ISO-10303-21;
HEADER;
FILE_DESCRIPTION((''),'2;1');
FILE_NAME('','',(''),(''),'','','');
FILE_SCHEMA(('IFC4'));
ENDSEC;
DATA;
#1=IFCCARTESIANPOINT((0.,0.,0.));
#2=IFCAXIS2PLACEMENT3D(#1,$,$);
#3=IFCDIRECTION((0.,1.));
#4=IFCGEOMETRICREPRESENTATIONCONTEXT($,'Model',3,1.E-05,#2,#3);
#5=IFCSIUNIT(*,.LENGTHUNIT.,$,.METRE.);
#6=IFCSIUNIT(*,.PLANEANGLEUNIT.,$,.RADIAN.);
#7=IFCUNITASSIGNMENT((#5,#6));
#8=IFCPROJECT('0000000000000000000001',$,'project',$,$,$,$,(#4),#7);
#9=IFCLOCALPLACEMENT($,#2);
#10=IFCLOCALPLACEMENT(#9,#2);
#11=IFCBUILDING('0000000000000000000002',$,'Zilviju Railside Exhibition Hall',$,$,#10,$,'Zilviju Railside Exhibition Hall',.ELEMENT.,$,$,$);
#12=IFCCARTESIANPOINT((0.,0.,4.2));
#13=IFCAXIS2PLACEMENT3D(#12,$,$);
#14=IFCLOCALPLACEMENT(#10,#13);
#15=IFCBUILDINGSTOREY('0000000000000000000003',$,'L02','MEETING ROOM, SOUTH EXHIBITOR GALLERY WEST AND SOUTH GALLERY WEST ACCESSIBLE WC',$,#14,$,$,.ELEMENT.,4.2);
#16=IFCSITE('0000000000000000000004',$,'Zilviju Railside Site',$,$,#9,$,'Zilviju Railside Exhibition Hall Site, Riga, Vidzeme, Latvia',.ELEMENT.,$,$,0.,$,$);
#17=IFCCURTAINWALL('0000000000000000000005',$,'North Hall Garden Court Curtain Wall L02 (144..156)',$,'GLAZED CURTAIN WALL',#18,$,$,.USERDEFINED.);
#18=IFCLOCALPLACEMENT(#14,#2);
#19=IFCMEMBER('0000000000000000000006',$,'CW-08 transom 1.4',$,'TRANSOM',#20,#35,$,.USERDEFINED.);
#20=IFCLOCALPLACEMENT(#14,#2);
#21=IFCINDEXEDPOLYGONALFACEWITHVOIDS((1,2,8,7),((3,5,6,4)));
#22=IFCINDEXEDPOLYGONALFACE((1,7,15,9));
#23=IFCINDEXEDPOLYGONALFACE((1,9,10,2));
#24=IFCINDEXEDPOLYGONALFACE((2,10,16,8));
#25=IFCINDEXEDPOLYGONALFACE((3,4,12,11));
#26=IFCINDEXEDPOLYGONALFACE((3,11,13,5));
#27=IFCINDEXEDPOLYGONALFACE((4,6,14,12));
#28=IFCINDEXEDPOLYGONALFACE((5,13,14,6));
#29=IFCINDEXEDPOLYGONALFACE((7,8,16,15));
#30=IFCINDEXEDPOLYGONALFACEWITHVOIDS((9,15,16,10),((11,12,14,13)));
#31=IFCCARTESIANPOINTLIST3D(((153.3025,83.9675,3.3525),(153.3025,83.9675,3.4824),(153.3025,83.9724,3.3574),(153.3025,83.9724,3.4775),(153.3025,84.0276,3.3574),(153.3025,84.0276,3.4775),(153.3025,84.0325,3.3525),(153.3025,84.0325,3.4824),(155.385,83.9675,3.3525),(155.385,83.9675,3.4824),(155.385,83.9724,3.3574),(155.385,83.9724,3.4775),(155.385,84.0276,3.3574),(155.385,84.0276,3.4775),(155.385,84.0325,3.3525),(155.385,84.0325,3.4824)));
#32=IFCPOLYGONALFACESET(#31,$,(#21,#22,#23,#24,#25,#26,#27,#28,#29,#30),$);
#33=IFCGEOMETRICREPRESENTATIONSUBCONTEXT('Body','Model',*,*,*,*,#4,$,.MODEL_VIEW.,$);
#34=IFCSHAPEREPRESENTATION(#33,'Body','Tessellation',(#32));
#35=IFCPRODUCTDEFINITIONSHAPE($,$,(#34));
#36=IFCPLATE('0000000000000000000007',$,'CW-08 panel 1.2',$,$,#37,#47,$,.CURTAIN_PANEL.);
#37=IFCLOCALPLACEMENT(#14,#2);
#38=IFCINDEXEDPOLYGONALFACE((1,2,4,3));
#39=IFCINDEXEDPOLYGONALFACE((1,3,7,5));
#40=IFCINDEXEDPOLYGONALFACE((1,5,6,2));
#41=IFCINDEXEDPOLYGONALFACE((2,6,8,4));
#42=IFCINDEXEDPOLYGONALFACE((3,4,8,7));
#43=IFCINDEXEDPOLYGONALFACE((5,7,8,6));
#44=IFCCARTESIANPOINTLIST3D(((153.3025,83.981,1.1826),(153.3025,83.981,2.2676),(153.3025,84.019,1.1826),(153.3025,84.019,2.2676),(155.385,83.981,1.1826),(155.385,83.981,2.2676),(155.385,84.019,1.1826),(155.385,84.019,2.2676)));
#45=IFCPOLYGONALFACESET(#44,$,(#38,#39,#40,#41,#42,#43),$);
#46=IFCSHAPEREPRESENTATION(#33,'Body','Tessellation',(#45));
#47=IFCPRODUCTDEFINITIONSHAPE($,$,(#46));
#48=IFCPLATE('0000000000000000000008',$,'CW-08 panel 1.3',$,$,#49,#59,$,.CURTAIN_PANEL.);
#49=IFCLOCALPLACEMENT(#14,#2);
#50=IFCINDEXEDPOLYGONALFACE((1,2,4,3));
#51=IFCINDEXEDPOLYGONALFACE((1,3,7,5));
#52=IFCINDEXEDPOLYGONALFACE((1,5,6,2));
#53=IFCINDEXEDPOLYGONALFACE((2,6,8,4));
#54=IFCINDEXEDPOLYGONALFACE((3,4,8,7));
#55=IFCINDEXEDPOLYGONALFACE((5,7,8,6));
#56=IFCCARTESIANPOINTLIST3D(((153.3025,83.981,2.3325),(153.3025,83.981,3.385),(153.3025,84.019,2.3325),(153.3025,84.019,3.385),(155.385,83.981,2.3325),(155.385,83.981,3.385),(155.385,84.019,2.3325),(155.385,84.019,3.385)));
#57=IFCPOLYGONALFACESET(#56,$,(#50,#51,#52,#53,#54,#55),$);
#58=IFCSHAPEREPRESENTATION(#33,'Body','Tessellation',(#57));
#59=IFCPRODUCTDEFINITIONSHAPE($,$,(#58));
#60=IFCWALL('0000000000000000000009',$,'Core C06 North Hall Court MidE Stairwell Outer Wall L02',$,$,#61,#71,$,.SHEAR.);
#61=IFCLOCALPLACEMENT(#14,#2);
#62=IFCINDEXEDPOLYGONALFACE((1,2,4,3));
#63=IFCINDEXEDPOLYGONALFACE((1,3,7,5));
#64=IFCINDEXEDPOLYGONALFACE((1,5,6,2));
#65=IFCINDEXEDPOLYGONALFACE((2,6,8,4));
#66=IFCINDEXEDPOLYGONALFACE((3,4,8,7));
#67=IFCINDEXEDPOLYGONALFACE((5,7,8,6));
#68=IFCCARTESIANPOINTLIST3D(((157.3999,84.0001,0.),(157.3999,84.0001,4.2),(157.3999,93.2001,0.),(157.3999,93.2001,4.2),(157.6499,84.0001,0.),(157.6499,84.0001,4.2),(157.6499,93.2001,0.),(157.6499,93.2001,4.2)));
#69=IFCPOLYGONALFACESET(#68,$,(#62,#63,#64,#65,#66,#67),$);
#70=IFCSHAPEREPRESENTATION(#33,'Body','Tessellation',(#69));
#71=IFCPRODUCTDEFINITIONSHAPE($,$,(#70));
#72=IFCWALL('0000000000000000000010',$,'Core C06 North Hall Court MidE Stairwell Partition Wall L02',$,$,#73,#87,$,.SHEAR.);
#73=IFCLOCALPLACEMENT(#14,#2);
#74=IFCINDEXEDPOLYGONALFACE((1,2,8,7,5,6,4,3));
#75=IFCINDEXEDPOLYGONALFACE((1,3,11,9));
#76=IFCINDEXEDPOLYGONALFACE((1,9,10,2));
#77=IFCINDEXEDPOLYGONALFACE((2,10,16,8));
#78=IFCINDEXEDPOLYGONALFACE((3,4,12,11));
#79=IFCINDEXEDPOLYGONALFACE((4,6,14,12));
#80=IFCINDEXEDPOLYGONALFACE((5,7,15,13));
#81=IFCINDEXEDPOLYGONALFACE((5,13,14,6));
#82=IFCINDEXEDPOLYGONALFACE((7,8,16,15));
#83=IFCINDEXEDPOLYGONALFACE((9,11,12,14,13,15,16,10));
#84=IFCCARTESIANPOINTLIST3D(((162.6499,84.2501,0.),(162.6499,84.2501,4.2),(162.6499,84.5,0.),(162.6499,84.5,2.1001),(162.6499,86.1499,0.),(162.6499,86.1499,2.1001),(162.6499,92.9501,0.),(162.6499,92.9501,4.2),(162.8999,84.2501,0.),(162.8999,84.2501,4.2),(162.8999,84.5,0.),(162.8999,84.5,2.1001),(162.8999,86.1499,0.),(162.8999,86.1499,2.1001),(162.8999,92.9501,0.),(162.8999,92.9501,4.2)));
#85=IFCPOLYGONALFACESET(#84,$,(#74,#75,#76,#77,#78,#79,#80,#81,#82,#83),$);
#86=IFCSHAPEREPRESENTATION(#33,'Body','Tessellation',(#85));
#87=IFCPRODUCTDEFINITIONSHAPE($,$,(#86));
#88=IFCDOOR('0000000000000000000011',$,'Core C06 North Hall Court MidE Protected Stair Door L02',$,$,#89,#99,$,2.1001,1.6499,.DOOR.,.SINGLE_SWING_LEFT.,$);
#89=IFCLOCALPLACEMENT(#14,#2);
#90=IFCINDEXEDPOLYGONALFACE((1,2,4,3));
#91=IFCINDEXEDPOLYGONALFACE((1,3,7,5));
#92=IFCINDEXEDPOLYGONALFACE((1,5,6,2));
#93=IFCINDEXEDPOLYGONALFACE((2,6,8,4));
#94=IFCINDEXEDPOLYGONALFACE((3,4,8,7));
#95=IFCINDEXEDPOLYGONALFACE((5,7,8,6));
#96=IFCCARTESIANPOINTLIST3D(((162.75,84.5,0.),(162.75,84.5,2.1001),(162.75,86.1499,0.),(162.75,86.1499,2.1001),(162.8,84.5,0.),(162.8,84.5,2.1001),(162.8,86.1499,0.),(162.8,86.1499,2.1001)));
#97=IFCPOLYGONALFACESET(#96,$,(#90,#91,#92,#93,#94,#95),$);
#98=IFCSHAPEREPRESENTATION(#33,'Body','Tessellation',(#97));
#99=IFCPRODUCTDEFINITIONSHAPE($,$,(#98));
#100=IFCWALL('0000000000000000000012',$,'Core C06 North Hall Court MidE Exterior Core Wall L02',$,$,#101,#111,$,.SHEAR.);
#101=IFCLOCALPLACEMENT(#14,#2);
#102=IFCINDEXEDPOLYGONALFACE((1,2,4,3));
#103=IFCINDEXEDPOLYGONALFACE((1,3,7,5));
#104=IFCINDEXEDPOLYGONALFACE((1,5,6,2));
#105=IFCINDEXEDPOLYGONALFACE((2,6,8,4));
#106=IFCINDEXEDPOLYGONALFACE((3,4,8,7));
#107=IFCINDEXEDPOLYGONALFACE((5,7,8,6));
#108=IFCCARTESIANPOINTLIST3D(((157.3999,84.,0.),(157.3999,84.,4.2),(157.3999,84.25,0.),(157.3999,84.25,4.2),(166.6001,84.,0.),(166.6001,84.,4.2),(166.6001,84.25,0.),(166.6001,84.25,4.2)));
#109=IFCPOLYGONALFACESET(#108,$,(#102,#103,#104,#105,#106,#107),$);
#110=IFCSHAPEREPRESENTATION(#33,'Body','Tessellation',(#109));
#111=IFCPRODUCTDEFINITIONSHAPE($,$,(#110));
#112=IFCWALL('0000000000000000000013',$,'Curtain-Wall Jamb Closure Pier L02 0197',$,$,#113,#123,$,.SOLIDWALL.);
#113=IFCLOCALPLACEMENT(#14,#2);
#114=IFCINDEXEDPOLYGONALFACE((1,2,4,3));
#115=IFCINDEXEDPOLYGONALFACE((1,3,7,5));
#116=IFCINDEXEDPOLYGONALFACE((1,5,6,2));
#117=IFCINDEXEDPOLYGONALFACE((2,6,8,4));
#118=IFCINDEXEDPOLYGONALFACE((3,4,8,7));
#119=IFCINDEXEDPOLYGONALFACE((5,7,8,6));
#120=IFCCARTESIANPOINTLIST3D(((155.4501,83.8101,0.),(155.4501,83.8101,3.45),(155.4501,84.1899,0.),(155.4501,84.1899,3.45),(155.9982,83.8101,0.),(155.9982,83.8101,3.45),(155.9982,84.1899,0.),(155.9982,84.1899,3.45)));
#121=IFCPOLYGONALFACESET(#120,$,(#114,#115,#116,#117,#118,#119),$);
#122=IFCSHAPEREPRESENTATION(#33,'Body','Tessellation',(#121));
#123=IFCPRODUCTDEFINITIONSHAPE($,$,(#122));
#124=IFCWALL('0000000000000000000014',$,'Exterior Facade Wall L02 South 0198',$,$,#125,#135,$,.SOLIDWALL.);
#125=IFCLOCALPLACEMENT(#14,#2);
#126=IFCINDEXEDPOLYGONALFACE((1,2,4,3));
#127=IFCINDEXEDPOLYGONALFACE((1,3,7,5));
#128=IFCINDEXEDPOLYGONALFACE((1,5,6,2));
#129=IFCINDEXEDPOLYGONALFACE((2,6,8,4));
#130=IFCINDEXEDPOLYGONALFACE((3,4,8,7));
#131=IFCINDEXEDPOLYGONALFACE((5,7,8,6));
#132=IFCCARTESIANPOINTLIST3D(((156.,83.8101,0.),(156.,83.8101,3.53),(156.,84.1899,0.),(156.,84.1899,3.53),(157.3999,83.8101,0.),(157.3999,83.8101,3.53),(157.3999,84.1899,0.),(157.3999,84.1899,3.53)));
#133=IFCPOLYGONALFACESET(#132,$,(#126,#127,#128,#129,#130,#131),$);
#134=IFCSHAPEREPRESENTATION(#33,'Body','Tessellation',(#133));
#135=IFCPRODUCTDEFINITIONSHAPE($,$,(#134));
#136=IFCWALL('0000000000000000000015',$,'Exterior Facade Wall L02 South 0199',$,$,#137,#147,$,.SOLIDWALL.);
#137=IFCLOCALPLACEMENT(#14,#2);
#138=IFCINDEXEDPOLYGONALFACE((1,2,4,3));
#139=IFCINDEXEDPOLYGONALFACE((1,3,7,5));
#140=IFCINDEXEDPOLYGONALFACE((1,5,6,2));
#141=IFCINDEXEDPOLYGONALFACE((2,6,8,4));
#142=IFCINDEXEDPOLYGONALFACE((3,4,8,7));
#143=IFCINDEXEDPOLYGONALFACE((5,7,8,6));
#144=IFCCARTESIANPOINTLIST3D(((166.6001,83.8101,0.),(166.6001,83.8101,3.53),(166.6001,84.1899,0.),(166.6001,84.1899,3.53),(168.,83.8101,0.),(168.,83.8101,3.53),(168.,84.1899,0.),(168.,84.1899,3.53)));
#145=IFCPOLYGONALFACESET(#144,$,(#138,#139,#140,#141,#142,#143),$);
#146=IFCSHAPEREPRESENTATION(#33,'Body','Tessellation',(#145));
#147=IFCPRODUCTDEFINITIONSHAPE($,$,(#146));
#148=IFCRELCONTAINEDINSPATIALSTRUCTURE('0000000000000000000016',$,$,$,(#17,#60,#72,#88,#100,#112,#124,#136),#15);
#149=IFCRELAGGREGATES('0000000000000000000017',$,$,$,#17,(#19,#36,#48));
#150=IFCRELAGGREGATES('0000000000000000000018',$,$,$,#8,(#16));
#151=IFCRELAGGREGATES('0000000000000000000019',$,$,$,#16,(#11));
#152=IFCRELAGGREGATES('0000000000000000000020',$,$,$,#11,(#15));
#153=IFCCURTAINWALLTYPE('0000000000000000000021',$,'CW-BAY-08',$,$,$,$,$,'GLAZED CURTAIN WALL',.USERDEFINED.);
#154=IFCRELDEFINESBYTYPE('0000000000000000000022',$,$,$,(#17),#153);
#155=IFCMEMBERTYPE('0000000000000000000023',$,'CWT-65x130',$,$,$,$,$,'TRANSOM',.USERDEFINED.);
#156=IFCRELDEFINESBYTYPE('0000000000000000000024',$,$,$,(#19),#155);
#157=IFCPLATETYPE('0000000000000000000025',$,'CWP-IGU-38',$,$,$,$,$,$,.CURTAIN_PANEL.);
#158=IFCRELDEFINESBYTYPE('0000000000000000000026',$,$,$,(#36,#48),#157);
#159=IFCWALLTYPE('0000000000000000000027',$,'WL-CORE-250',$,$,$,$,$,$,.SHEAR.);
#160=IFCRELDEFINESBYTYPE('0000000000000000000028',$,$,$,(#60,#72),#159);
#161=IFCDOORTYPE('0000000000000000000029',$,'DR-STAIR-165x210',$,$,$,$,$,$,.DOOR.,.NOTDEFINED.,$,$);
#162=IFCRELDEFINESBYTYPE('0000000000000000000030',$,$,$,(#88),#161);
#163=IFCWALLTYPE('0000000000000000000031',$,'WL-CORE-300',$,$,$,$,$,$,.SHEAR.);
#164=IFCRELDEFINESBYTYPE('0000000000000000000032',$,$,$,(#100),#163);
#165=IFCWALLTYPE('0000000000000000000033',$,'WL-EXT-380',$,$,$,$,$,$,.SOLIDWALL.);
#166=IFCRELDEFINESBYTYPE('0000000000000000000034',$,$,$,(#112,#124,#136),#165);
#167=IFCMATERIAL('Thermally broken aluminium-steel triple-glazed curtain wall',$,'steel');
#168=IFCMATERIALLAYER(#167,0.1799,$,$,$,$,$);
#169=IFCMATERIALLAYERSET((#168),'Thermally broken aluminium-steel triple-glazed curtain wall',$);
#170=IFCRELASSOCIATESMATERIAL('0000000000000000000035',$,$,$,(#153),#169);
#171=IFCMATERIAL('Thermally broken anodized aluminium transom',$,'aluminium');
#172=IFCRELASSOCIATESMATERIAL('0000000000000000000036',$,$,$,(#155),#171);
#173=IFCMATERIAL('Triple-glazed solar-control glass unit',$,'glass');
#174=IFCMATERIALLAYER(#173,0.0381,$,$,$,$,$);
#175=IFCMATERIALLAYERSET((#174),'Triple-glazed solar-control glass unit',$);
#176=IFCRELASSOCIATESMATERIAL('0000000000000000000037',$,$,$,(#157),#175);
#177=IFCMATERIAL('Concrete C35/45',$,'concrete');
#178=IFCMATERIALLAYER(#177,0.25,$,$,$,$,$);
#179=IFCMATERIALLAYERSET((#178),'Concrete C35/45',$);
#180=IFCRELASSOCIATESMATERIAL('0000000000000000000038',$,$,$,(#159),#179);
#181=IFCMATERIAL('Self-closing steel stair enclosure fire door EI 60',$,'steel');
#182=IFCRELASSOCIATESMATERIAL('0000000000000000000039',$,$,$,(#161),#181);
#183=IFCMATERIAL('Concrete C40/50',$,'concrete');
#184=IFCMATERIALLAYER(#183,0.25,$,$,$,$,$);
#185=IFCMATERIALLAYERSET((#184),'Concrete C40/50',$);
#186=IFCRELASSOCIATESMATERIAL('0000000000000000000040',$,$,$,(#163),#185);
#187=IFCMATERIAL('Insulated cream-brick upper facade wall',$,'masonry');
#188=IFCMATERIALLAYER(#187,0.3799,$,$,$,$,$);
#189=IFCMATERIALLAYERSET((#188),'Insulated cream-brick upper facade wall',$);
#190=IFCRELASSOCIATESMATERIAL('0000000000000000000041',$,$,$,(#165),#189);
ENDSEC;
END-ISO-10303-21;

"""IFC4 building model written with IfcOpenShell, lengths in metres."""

from ifc_helpers import new_model, si_unit, direction, frame, frame_2d, origin, origin_2d, place, context, subcontext, project, spatial, rectangle, hollow_rectangle, extrude, material, layer, layer_set, material_profile, profile_set, type_object, element, fill, aggregate, save


model = new_model("IFC4")

# Units and contexts
model_context = context("Model", 3, precision=1e-05, world=origin(), true_north=direction((0.0, 1.0)))
body_context = subcontext(model_context, "Body", "Model", "MODEL_VIEW")
ifc_project = project(units=[si_unit("LENGTHUNIT", "METRE"), si_unit("PLANEANGLEUNIT", "RADIAN")], contexts=[model_context])

# Site, building, storey
site_placement = place(None, origin())
site = spatial("IfcSite", under=ifc_project, at=site_placement, Name="Zilviju Railside Site", LongName="Zilviju Railside Exhibition Hall Site, Riga, Vidzeme, Latvia", CompositionType="ELEMENT", RefElevation=0.0)
building_placement = place(site_placement, origin())
building = spatial("IfcBuilding", under=site, at=building_placement, Name="Zilviju Railside Exhibition Hall", LongName="Zilviju Railside Exhibition Hall", CompositionType="ELEMENT")
storey_placement = place(building_placement, frame((0.0, 0.0, 4.2)))
storey = spatial("IfcBuildingStorey", under=building, at=storey_placement, Name="L02", Description="MEETING ROOM, SOUTH EXHIBITOR GALLERY WEST AND SOUTH GALLERY WEST ACCESSIBLE WC", CompositionType="ELEMENT", Elevation=4.2)

# Shared definitions
ifc_material_1 = material(Name="Concrete C40/50", Category="concrete")

# Curtain wall, member, plates
ifc_material_2 = material(Name="Thermally broken aluminium-steel triple-glazed curtain wall", Category="steel")
ifc_layer_1 = layer(ifc_material_2, 0.1799)
ifc_layer_set_1 = layer_set([ifc_layer_1], Name="Thermally broken aluminium-steel triple-glazed curtain wall")
curtain_wall_type = type_object("IfcCurtainWallType", Name="CW-BAY-08", ElementType="GLAZED CURTAIN WALL", PredefinedType="USERDEFINED", material=ifc_layer_set_1)
curtain_wall_placement = place(storey_placement, origin())
curtain_wall = element("IfcCurtainWall", 1, at=curtain_wall_placement, inside=storey, type_object=curtain_wall_type, Name="North Hall Garden Court Curtain Wall L02 (144..156)", ObjectType="GLAZED CURTAIN WALL", PredefinedType="USERDEFINED")
ifc_material_3 = material(Name="Thermally broken anodized aluminium transom", Category="aluminium")
ifc_material_profile_1 = material_profile(ifc_material_3, hollow_rectangle(XDim=0.0649, YDim=0.1299, WallThickness=0.0049, at=origin_2d()), Name="TRANSOM 130x65x5")
ifc_profile_set_1 = profile_set([ifc_material_profile_1], Name="Thermally broken anodized aluminium transom")
member_type_1 = type_object("IfcMemberType", Name="CWT-65x130", ElementType="TRANSOM", PredefinedType="USERDEFINED", material=ifc_profile_set_1)
member_1_placement = place(storey_placement, frame((155.385, 84.0, 3.4175), z_axis=(-1.0, 0.0, 0.0), x_axis=(0.0, -1.0, 0.0)))
member_1 = element("IfcMember", 2, at=member_1_placement, type_object=member_type_1, Name="CW-08 transom 1.4", ObjectType="TRANSOM", PredefinedType="USERDEFINED", context=body_context, shape_type="SweptSolid", body=[
    extrude(hollow_rectangle(XDim=0.0649, YDim=0.1299, WallThickness=0.0049, at=origin_2d()), origin(), (0.0, 0.0, 1.0), 2.0825),
])
ifc_material_4 = material(Name="Triple-glazed solar-control glass unit", Category="glass")
ifc_layer_2 = layer(ifc_material_4, 0.0381)
ifc_layer_set_2 = layer_set([ifc_layer_2], Name="Triple-glazed solar-control glass unit")
plate_type = type_object("IfcPlateType", Name="CWP-IGU-38", PredefinedType="CURTAIN_PANEL", material=ifc_layer_set_2)
plate_1_placement = place(storey_placement, frame((154.3438, 84.0, 1.1826), z_axis=(0.0, 0.0, 1.0), x_axis=(-1.0, 0.0, 0.0)))
plate_1 = element("IfcPlate", 3, at=plate_1_placement, type_object=plate_type, Name="CW-08 panel 1.2", PredefinedType="CURTAIN_PANEL", context=body_context, shape_type="SweptSolid", body=[
    extrude(rectangle(XDim=2.0825, YDim=0.0381, at=origin_2d()), origin(), (0.0, 0.0, 1.0), 1.085),
])
plate_2_placement = place(storey_placement, frame((154.3438, 84.0, 2.3325), z_axis=(0.0, 0.0, 1.0), x_axis=(-1.0, 0.0, 0.0)))
plate_2 = element("IfcPlate", 4, at=plate_2_placement, type_object=plate_type, Name="CW-08 panel 1.3", PredefinedType="CURTAIN_PANEL", context=body_context, shape_type="SweptSolid", body=[
    extrude(rectangle(XDim=2.0825, YDim=0.0381, at=origin_2d()), origin(), (0.0, 0.0, 1.0), 1.0525),
])
aggregate(curtain_wall, [member_1, plate_1, plate_2])

# Wall
ifc_material_5 = material(Name="Concrete C35/45", Category="concrete")
ifc_layer_3 = layer(ifc_material_5, 0.25)
ifc_layer_set_3 = layer_set([ifc_layer_3], Name="Concrete C35/45")
wall_type_1 = type_object("IfcWallType", Name="WL-CORE-250", PredefinedType="SHEAR", material=ifc_layer_set_3)
wall_1_placement = place(storey_placement, frame((157.5249, 84.0, 0.0), z_axis=(0.0, 0.0, 1.0), x_axis=(0.0, 1.0, 0.0)))
element("IfcWall", 5, at=wall_1_placement, inside=storey, type_object=wall_type_1, Name="Core C06 North Hall Court MidE Stairwell Outer Wall L02", PredefinedType="SHEAR", context=body_context, shape_type="SweptSolid", body=[
    extrude(rectangle(XDim=9.2, YDim=0.25, at=frame_2d((4.6001, 0.0))), origin(), (0.0, 0.0, 1.0), 4.2),
])

# Wall, opening, door
wall_2_placement = place(storey_placement, frame((162.7749, 84.25, 0.0), z_axis=(0.0, 0.0, 1.0), x_axis=(0.0, 1.0, 0.0)))
wall_2 = element("IfcWall", 6, at=wall_2_placement, inside=storey, type_object=wall_type_1, Name="Core C06 North Hall Court MidE Stairwell Partition Wall L02", PredefinedType="SHEAR", context=body_context, shape_type="SweptSolid", body=[
    extrude(rectangle(XDim=8.7, YDim=0.25, at=frame_2d((4.3501, 0.0))), origin(), (0.0, 0.0, 1.0), 4.2),
])
opening_1_placement = place(wall_2_placement, frame((0.25, 0.0, 0.0)))
opening_1 = element("IfcOpeningElement", 7, at=opening_1_placement, cuts=wall_2, PredefinedType="OPENING", context=body_context, shape_type="SweptSolid", body=[
    extrude(rectangle(XDim=1.6499, YDim=2.1001, at=frame_2d((0.825, 1.05))), frame((0.0, 0.135, 0.0), z_axis=(0.0, -1.0, 0.0), x_axis=(1.0, 0.0, 0.0)), (0.0, 0.0, 1.0), 0.27),
])
ifc_material_6 = material(Name="Self-closing steel stair enclosure fire door EI 60", Category="steel")
door_type_1 = type_object("IfcDoorType", Name="DR-STAIR-165x210", OperationType="NOTDEFINED", PredefinedType="DOOR", material=ifc_material_6)
door_1_placement = place(opening_1_placement, origin())
door_1 = element("IfcDoor", 8, at=door_1_placement, inside=storey, type_object=door_type_1, Name="Core C06 North Hall Court MidE Protected Stair Door L02", OperationType="SINGLE_SWING_LEFT", OverallHeight=2.1001, OverallWidth=1.6499, PredefinedType="DOOR", context=body_context, shape_type="SweptSolid", body=[
    extrude(rectangle(XDim=1.6499, YDim=2.1001, at=frame_2d((0.825, 1.05))), frame((0.0, 0.0249, 0.0), z_axis=(0.0, -1.0, 0.0), x_axis=(1.0, 0.0, 0.0)), (0.0, 0.0, 1.0), 0.05),
])
fill(opening_1, door_1)

# Walls
ifc_layer_4 = layer(ifc_material_1, 0.25)
ifc_layer_set_4 = layer_set([ifc_layer_4], Name="Concrete C40/50")
wall_type_2 = type_object("IfcWallType", Name="WL-CORE-300", PredefinedType="SHEAR", material=ifc_layer_set_4)
wall_3_placement = place(storey_placement, frame((166.6001, 84.125, 0.0), z_axis=(0.0, 0.0, 1.0), x_axis=(-1.0, 0.0, 0.0)))
element("IfcWall", 9, at=wall_3_placement, inside=storey, type_object=wall_type_2, Name="Core C06 North Hall Court MidE Exterior Core Wall L02", PredefinedType="SHEAR", context=body_context, shape_type="SweptSolid", body=[
    extrude(rectangle(XDim=9.2002, YDim=0.25, at=frame_2d((4.6001, 0.0))), origin(), (0.0, 0.0, 1.0), 4.2),
])
ifc_material_7 = material(Name="Insulated cream-brick upper facade wall", Category="masonry")
ifc_layer_5 = layer(ifc_material_7, 0.3799)
ifc_layer_set_5 = layer_set([ifc_layer_5], Name="Insulated cream-brick upper facade wall")
wall_type_3 = type_object("IfcWallType", Name="WL-EXT-380", PredefinedType="SOLIDWALL", material=ifc_layer_set_5)
wall_4_placement = place(storey_placement, frame((155.998, 84.0, 0.0), z_axis=(0.0, 0.0, 1.0), x_axis=(-1.0, 0.0, 0.0)))
element("IfcWall", 10, at=wall_4_placement, inside=storey, type_object=wall_type_3, Name="Curtain-Wall Jamb Closure Pier L02 0197", PredefinedType="SOLIDWALL", context=body_context, shape_type="SweptSolid", body=[
    extrude(rectangle(XDim=0.5481, YDim=0.3799, at=frame_2d((0.2739, 0.0))), origin(), (0.0, 0.0, 1.0), 3.45),
])
for number, where, z_axis, x_axis, name in (
    (11, (157.3999, 84.0, 0.0), (0.0, 0.0, 1.0), (-1.0, 0.0, 0.0), "Exterior Facade Wall L02 South 0198"),
    (12, (168.0, 84.0, 0.0), (0.0, 0.0, 1.0), (-1.0, 0.0, 0.0), "Exterior Facade Wall L02 South 0199"),
):
    element("IfcWall", number, at=place(storey_placement, frame(where, z_axis=z_axis, x_axis=x_axis)), inside=storey, type_object=wall_type_3, Name=name, PredefinedType="SOLIDWALL", context=body_context, shape_type="SweptSolid", body=[
        extrude(rectangle(XDim=1.3999, YDim=0.3799, at=frame_2d((0.7, 0.0))), origin(), (0.0, 0.0, 1.0), 3.53),
    ])

save(model, "model.ifc")
